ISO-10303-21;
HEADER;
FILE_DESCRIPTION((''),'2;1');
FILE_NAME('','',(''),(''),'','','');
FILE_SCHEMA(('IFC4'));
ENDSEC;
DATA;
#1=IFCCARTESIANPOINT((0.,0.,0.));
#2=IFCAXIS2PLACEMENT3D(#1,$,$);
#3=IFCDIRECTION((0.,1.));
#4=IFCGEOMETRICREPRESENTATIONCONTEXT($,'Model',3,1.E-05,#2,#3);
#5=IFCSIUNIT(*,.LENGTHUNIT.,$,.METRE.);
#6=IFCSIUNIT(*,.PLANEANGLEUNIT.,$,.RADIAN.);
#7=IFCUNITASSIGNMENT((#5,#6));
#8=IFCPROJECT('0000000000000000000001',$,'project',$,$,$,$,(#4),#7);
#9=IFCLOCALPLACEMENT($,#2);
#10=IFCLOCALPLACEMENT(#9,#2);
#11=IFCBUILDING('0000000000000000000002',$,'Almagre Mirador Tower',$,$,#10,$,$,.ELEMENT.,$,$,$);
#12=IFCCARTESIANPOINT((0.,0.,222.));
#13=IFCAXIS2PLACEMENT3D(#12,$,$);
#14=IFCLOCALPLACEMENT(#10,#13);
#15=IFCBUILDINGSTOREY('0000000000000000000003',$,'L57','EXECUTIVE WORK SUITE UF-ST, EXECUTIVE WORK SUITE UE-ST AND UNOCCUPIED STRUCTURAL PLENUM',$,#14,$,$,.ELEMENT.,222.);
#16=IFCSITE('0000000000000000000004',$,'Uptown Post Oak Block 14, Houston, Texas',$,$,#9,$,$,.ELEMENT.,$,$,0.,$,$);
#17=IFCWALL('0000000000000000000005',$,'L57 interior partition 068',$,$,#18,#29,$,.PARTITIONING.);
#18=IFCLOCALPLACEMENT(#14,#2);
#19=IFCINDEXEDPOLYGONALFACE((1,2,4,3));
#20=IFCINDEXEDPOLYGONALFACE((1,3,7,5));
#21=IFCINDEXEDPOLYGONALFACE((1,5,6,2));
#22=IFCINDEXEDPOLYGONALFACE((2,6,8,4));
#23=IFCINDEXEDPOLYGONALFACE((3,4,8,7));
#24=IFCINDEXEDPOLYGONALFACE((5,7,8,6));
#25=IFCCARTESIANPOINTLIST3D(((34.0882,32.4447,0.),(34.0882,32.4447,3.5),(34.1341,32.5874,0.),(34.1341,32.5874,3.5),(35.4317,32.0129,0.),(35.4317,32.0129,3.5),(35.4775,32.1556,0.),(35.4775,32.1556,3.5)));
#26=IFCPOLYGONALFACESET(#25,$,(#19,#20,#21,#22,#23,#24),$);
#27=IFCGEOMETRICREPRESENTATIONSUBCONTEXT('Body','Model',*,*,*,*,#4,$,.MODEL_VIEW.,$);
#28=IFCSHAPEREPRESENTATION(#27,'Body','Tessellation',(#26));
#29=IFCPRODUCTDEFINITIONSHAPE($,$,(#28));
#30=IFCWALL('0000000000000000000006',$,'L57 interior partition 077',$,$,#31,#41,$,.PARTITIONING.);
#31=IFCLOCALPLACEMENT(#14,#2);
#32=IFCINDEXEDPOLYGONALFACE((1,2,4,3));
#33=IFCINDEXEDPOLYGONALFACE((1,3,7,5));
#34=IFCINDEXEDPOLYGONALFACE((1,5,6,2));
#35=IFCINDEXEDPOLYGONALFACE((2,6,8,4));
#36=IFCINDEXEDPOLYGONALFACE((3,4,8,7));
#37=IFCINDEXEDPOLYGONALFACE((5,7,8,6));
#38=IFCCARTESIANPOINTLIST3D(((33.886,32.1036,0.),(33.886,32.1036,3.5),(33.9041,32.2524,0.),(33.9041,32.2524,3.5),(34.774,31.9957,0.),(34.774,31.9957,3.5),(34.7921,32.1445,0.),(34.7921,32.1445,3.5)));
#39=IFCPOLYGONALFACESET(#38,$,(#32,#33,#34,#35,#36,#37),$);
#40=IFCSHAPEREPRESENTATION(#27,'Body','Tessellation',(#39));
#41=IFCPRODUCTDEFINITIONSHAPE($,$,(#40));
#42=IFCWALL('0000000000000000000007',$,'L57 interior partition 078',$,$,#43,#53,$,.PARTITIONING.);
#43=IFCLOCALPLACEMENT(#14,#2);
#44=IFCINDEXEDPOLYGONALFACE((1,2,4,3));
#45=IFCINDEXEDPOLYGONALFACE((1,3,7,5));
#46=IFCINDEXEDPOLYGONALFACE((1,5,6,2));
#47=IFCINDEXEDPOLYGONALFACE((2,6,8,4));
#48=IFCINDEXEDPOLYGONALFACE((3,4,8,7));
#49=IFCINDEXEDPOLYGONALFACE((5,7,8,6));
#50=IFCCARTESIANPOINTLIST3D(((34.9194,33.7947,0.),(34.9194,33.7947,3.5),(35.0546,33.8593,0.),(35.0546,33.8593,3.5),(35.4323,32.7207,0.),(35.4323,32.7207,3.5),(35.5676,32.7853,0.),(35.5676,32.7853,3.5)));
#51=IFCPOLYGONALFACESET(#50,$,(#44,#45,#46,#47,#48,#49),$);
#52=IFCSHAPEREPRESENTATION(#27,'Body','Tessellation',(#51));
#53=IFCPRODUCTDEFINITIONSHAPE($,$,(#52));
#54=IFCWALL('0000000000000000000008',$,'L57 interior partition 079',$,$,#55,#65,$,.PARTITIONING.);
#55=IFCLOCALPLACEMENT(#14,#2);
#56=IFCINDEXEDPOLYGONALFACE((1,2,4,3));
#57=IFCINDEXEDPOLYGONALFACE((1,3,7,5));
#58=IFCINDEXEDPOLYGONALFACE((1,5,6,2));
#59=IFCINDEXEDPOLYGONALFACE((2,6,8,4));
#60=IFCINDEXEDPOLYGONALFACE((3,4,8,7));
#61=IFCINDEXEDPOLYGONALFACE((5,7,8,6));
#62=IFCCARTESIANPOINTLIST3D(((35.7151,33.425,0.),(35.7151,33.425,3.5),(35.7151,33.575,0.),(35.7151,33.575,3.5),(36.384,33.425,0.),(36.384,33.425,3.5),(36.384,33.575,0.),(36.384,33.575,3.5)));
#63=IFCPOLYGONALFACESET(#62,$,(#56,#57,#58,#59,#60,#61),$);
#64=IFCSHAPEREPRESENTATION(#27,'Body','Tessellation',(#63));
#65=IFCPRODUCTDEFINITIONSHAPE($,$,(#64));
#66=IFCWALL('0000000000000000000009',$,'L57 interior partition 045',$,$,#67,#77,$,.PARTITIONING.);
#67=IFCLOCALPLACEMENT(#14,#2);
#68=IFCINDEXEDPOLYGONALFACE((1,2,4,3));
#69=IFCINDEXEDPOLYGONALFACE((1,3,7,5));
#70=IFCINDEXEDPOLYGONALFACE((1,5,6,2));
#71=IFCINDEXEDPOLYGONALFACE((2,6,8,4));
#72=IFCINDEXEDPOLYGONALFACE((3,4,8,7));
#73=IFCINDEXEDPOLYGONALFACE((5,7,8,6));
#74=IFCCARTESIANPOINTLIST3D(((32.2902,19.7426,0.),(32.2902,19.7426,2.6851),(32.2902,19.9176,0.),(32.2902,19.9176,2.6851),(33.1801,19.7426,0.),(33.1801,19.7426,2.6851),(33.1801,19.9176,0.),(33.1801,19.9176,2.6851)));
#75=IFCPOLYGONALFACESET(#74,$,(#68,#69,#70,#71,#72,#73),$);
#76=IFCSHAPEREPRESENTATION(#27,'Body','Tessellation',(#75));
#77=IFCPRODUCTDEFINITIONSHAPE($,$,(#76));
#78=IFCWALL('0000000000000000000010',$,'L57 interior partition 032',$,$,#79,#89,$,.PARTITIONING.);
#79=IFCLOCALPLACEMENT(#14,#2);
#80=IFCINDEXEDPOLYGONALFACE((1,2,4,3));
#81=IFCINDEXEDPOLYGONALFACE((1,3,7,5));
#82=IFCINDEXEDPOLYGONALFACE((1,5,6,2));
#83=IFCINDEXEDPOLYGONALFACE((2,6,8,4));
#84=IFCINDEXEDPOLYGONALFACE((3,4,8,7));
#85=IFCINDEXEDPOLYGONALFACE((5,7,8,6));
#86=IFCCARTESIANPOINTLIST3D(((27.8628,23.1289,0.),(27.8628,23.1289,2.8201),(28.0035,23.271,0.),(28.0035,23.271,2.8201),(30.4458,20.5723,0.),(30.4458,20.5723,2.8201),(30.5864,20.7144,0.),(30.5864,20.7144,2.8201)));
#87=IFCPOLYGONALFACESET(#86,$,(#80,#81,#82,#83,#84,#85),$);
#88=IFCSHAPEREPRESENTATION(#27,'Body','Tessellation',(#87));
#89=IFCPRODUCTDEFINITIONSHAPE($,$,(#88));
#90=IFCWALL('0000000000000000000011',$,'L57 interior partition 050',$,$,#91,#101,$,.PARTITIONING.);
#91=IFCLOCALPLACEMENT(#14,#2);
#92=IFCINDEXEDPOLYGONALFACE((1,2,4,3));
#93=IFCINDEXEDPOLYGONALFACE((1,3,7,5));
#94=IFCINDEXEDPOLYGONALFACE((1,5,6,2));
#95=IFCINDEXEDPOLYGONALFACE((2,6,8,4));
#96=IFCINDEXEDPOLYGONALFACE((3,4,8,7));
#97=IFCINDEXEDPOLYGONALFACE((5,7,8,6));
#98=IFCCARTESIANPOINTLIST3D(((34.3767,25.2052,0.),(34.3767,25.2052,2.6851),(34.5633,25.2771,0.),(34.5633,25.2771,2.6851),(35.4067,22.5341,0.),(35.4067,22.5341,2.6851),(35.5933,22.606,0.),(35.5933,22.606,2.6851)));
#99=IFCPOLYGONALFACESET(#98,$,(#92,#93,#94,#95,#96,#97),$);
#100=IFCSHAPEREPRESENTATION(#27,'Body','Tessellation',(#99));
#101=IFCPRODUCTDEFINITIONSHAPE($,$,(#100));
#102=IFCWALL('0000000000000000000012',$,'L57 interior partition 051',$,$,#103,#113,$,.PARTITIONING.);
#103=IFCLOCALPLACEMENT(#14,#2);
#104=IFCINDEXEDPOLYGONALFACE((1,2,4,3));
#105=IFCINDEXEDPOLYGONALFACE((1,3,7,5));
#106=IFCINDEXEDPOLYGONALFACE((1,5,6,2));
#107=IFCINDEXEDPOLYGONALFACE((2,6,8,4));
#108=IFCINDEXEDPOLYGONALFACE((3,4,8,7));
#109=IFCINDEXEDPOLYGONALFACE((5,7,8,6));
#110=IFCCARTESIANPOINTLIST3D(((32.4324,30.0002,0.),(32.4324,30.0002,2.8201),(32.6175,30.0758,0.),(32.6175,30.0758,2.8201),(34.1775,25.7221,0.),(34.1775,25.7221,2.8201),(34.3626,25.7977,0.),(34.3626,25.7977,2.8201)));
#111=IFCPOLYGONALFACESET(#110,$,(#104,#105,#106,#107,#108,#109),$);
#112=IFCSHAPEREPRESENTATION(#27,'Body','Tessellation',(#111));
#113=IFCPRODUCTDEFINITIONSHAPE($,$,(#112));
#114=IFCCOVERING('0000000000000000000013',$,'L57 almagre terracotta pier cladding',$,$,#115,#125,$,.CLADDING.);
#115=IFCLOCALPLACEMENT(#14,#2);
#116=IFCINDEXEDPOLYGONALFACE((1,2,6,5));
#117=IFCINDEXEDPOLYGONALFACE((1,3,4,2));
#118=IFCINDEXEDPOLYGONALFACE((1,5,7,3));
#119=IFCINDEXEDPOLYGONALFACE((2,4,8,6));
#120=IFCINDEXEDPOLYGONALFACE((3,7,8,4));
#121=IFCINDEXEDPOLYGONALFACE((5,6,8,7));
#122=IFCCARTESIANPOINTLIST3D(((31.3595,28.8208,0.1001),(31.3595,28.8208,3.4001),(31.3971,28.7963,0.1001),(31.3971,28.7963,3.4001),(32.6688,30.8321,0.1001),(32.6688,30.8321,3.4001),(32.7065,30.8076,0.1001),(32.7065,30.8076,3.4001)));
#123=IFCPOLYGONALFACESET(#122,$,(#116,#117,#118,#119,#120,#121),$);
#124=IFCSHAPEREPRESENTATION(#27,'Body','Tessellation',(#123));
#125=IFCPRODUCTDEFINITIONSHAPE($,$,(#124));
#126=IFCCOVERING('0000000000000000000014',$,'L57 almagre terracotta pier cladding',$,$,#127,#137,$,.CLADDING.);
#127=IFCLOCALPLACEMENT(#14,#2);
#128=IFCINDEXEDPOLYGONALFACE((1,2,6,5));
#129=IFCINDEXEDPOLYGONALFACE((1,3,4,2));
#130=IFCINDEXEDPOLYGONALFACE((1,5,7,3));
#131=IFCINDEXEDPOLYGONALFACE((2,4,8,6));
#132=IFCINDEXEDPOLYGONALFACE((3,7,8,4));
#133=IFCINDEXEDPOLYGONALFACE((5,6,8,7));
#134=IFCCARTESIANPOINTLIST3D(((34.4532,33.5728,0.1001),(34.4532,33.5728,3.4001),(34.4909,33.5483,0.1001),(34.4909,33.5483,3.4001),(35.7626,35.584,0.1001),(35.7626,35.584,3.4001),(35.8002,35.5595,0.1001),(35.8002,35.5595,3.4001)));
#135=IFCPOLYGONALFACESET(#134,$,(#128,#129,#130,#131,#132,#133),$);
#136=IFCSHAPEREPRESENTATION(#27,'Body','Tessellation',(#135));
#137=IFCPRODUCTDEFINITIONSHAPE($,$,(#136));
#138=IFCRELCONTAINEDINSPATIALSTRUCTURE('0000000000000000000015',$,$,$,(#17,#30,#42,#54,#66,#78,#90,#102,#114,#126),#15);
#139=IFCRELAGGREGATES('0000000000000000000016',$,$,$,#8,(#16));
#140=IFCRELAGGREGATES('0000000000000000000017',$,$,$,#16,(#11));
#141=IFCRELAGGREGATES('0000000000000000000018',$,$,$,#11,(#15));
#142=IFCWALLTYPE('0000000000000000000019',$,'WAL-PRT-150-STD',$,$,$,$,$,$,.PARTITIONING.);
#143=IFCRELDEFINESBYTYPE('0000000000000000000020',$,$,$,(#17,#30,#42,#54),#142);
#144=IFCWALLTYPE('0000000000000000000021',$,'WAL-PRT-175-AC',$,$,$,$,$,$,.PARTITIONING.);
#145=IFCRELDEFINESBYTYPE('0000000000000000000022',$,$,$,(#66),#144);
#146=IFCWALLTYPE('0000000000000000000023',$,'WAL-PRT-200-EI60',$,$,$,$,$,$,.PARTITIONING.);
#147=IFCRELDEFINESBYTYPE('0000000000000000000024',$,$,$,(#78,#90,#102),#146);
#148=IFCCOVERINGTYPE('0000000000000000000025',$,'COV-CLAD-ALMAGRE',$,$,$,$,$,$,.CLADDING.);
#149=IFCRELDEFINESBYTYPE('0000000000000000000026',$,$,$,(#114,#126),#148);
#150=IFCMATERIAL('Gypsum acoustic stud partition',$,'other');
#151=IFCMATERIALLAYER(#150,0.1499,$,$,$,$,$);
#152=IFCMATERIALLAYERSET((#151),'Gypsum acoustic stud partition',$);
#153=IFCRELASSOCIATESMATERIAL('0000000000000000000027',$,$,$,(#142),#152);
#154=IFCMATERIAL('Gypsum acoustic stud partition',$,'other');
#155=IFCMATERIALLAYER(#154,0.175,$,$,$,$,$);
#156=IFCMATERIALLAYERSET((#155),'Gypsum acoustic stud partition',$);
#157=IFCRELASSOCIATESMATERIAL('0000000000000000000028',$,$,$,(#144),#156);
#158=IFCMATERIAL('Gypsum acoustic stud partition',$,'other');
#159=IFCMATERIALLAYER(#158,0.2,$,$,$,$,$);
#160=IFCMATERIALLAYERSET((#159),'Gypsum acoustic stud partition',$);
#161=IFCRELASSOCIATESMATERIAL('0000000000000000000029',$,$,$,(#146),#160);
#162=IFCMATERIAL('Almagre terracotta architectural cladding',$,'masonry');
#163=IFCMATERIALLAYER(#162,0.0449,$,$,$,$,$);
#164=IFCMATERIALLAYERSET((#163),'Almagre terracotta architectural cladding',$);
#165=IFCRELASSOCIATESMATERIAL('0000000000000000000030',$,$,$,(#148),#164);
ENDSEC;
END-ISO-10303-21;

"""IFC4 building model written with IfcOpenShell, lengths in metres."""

from ifc_helpers import new_model, si_unit, direction, frame, frame_2d, origin, origin_2d, place, context, subcontext, project, spatial, rectangle, extrude, material, layer, layer_set, type_object, element, save


model = new_model("IFC4")

# Units and contexts
model_context = context("Model", 3, precision=1e-05, world=origin(), true_north=direction((0.0, 1.0)))
body_context = subcontext(model_context, "Body", "Model", "MODEL_VIEW")
ifc_project = project(units=[si_unit("LENGTHUNIT", "METRE"), si_unit("PLANEANGLEUNIT", "RADIAN")], contexts=[model_context])

# Site, building, storey
site_placement = place(None, origin())
site = spatial("IfcSite", under=ifc_project, at=site_placement, Name="Uptown Post Oak Block 14, Houston, Texas", CompositionType="ELEMENT", RefElevation=0.0)
building_placement = place(site_placement, origin())
building = spatial("IfcBuilding", under=site, at=building_placement, Name="Almagre Mirador Tower", CompositionType="ELEMENT")
storey_placement = place(building_placement, frame((0.0, 0.0, 222.0)))
storey = spatial("IfcBuildingStorey", under=building, at=storey_placement, Name="L57", Description="EXECUTIVE WORK SUITE UF-ST, EXECUTIVE WORK SUITE UE-ST AND UNOCCUPIED STRUCTURAL PLENUM", CompositionType="ELEMENT", Elevation=222.0)

# Walls
ifc_material_1 = material(Name="Gypsum acoustic stud partition", Category="other")
ifc_layer_1 = layer(ifc_material_1, 0.1499)
ifc_layer_set_1 = layer_set([ifc_layer_1], Name="Gypsum acoustic stud partition")
wall_type_1 = type_object("IfcWallType", Name="WAL-PRT-150-STD", PredefinedType="PARTITIONING", material=ifc_layer_set_1)
wall_1_placement = place(storey_placement, frame((35.4546, 32.0842, 0.0), z_axis=(0.0, 0.0, 1.0), x_axis=(-0.95202, 0.306037, 0.0)))
element("IfcWall", 1, at=wall_1_placement, inside=storey, type_object=wall_type_1, Name="L57 interior partition 068", PredefinedType="PARTITIONING", context=body_context, shape_type="SweptSolid", body=[
    extrude(rectangle(XDim=1.4111, YDim=0.1499, at=frame_2d((0.7056, 0.0))), origin(), (0.0, 0.0, 1.0), 3.5),
])
wall_2_placement = place(storey_placement, frame((33.895, 32.178, 0.0), z_axis=(0.0, 0.0, 1.0), x_axis=(0.992696, -0.120641, 0.0)))
element("IfcWall", 2, at=wall_2_placement, inside=storey, type_object=wall_type_1, Name="L57 interior partition 077", PredefinedType="PARTITIONING", context=body_context, shape_type="SweptSolid", body=[
    extrude(rectangle(XDim=0.8945, YDim=0.1499, at=frame_2d((0.4473, 0.0))), origin(), (0.0, 0.0, 1.0), 3.5),
])
wall_3_placement = place(storey_placement, frame((35.5, 32.7529, 0.0), z_axis=(0.0, 0.0, 1.0), x_axis=(-0.430976, 0.902363, 0.0)))
element("IfcWall", 3, at=wall_3_placement, inside=storey, type_object=wall_type_1, Name="L57 interior partition 078", PredefinedType="PARTITIONING", context=body_context, shape_type="SweptSolid", body=[
    extrude(rectangle(XDim=1.1902, YDim=0.1499, at=frame_2d((0.5952, 0.0))), origin(), (0.0, 0.0, 1.0), 3.5),
])
wall_4_placement = place(storey_placement, frame((35.7151, 33.5, 0.0), z_axis=(0.0, 0.0, 1.0), x_axis=(1.0, 0.0, 0.0)))
element("IfcWall", 4, at=wall_4_placement, inside=storey, type_object=wall_type_1, Name="L57 interior partition 079", PredefinedType="PARTITIONING", context=body_context, shape_type="SweptSolid", body=[
    extrude(rectangle(XDim=0.6689, YDim=0.1499, at=frame_2d((0.3345, 0.0))), origin(), (0.0, 0.0, 1.0), 3.5),
])
ifc_material_2 = material(Name="Gypsum acoustic stud partition", Category="other")
ifc_layer_2 = layer(ifc_material_2, 0.175)
ifc_layer_set_2 = layer_set([ifc_layer_2], Name="Gypsum acoustic stud partition")
wall_type_2 = type_object("IfcWallType", Name="WAL-PRT-175-AC", PredefinedType="PARTITIONING", material=ifc_layer_set_2)
wall_5_placement = place(storey_placement, frame((33.1799, 19.8301, 0.0), z_axis=(0.0, 0.0, 1.0), x_axis=(-1.0, 0.0, 0.0)))
element("IfcWall", 5, at=wall_5_placement, inside=storey, type_object=wall_type_2, Name="L57 interior partition 045", PredefinedType="PARTITIONING", context=body_context, shape_type="SweptSolid", body=[
    extrude(rectangle(XDim=0.8899, YDim=0.175, at=frame_2d((0.4448, 0.0))), origin(), (0.0, 0.0, 1.0), 2.6851),
])
ifc_material_3 = material(Name="Gypsum acoustic stud partition", Category="other")
ifc_layer_3 = layer(ifc_material_3, 0.2)
ifc_layer_set_3 = layer_set([ifc_layer_3], Name="Gypsum acoustic stud partition")
wall_type_3 = type_object("IfcWallType", Name="WAL-PRT-200-EI60", PredefinedType="PARTITIONING", material=ifc_layer_set_3)
wall_6_placement = place(storey_placement, frame((30.5161, 20.6433, 0.0), z_axis=(0.0, 0.0, 1.0), x_axis=(-0.710725, 0.70347, 0.0)))
element("IfcWall", 6, at=wall_6_placement, inside=storey, type_object=wall_type_3, Name="L57 interior partition 032", PredefinedType="PARTITIONING", context=body_context, shape_type="SweptSolid", body=[
    extrude(rectangle(XDim=3.6343, YDim=0.2, at=frame_2d((1.8171, 0.0))), origin(), (0.0, 0.0, 1.0), 2.8201),
])
wall_7_placement = place(storey_placement, frame((35.5, 22.5701, 0.0), z_axis=(0.0, 0.0, 1.0), x_axis=(-0.35979, 0.933033, 0.0)))
element("IfcWall", 7, at=wall_7_placement, inside=storey, type_object=wall_type_3, Name="L57 interior partition 050", PredefinedType="PARTITIONING", context=body_context, shape_type="SweptSolid", body=[
    extrude(rectangle(XDim=2.8628, YDim=0.2, at=frame_2d((1.4314, 0.0))), origin(), (0.0, 0.0, 1.0), 2.6851),
])
wall_8_placement = place(storey_placement, frame((34.27, 25.76, 0.0), z_axis=(0.0, 0.0, 1.0), x_axis=(-0.377705, 0.925926, 0.0)))
element("IfcWall", 8, at=wall_8_placement, inside=storey, type_object=wall_type_3, Name="L57 interior partition 051", PredefinedType="PARTITIONING", context=body_context, shape_type="SweptSolid", body=[
    extrude(rectangle(XDim=4.6204, YDim=0.2, at=frame_2d((2.3101, 0.0))), origin(), (0.0, 0.0, 1.0), 2.8201),
])

# Coverings
ifc_material_4 = material(Name="Almagre terracotta architectural cladding", Category="masonry")
ifc_layer_4 = layer(ifc_material_4, 0.0449)
ifc_layer_set_4 = layer_set([ifc_layer_4], Name="Almagre terracotta architectural cladding")
covering_type = type_object("IfcCoveringType", Name="COV-CLAD-ALMAGRE", PredefinedType="CLADDING", material=ifc_layer_set_4)
for number, where, z_axis, x_axis, name in (
    (9, (32.033, 29.8142, 0.1001), (0.0, 0.0, 1.0), (0.54559, 0.838052, 0.0), "L57 almagre terracotta pier cladding"),
    (10, (35.1267, 34.5662, 0.1001), (0.0, 0.0, 1.0), (0.54559, 0.838052, 0.0), "L57 almagre terracotta pier cladding"),
):
    element("IfcCovering", number, at=place(storey_placement, frame(where, z_axis=z_axis, x_axis=x_axis)), inside=storey, type_object=covering_type, Name=name, PredefinedType="CLADDING", context=body_context, shape_type="SweptSolid", body=[
        extrude(rectangle(XDim=2.3999, YDim=0.0449, at=origin_2d()), origin(), (0.0, 0.0, 1.0), 3.3),
    ])

save(model, "model.ifc")
